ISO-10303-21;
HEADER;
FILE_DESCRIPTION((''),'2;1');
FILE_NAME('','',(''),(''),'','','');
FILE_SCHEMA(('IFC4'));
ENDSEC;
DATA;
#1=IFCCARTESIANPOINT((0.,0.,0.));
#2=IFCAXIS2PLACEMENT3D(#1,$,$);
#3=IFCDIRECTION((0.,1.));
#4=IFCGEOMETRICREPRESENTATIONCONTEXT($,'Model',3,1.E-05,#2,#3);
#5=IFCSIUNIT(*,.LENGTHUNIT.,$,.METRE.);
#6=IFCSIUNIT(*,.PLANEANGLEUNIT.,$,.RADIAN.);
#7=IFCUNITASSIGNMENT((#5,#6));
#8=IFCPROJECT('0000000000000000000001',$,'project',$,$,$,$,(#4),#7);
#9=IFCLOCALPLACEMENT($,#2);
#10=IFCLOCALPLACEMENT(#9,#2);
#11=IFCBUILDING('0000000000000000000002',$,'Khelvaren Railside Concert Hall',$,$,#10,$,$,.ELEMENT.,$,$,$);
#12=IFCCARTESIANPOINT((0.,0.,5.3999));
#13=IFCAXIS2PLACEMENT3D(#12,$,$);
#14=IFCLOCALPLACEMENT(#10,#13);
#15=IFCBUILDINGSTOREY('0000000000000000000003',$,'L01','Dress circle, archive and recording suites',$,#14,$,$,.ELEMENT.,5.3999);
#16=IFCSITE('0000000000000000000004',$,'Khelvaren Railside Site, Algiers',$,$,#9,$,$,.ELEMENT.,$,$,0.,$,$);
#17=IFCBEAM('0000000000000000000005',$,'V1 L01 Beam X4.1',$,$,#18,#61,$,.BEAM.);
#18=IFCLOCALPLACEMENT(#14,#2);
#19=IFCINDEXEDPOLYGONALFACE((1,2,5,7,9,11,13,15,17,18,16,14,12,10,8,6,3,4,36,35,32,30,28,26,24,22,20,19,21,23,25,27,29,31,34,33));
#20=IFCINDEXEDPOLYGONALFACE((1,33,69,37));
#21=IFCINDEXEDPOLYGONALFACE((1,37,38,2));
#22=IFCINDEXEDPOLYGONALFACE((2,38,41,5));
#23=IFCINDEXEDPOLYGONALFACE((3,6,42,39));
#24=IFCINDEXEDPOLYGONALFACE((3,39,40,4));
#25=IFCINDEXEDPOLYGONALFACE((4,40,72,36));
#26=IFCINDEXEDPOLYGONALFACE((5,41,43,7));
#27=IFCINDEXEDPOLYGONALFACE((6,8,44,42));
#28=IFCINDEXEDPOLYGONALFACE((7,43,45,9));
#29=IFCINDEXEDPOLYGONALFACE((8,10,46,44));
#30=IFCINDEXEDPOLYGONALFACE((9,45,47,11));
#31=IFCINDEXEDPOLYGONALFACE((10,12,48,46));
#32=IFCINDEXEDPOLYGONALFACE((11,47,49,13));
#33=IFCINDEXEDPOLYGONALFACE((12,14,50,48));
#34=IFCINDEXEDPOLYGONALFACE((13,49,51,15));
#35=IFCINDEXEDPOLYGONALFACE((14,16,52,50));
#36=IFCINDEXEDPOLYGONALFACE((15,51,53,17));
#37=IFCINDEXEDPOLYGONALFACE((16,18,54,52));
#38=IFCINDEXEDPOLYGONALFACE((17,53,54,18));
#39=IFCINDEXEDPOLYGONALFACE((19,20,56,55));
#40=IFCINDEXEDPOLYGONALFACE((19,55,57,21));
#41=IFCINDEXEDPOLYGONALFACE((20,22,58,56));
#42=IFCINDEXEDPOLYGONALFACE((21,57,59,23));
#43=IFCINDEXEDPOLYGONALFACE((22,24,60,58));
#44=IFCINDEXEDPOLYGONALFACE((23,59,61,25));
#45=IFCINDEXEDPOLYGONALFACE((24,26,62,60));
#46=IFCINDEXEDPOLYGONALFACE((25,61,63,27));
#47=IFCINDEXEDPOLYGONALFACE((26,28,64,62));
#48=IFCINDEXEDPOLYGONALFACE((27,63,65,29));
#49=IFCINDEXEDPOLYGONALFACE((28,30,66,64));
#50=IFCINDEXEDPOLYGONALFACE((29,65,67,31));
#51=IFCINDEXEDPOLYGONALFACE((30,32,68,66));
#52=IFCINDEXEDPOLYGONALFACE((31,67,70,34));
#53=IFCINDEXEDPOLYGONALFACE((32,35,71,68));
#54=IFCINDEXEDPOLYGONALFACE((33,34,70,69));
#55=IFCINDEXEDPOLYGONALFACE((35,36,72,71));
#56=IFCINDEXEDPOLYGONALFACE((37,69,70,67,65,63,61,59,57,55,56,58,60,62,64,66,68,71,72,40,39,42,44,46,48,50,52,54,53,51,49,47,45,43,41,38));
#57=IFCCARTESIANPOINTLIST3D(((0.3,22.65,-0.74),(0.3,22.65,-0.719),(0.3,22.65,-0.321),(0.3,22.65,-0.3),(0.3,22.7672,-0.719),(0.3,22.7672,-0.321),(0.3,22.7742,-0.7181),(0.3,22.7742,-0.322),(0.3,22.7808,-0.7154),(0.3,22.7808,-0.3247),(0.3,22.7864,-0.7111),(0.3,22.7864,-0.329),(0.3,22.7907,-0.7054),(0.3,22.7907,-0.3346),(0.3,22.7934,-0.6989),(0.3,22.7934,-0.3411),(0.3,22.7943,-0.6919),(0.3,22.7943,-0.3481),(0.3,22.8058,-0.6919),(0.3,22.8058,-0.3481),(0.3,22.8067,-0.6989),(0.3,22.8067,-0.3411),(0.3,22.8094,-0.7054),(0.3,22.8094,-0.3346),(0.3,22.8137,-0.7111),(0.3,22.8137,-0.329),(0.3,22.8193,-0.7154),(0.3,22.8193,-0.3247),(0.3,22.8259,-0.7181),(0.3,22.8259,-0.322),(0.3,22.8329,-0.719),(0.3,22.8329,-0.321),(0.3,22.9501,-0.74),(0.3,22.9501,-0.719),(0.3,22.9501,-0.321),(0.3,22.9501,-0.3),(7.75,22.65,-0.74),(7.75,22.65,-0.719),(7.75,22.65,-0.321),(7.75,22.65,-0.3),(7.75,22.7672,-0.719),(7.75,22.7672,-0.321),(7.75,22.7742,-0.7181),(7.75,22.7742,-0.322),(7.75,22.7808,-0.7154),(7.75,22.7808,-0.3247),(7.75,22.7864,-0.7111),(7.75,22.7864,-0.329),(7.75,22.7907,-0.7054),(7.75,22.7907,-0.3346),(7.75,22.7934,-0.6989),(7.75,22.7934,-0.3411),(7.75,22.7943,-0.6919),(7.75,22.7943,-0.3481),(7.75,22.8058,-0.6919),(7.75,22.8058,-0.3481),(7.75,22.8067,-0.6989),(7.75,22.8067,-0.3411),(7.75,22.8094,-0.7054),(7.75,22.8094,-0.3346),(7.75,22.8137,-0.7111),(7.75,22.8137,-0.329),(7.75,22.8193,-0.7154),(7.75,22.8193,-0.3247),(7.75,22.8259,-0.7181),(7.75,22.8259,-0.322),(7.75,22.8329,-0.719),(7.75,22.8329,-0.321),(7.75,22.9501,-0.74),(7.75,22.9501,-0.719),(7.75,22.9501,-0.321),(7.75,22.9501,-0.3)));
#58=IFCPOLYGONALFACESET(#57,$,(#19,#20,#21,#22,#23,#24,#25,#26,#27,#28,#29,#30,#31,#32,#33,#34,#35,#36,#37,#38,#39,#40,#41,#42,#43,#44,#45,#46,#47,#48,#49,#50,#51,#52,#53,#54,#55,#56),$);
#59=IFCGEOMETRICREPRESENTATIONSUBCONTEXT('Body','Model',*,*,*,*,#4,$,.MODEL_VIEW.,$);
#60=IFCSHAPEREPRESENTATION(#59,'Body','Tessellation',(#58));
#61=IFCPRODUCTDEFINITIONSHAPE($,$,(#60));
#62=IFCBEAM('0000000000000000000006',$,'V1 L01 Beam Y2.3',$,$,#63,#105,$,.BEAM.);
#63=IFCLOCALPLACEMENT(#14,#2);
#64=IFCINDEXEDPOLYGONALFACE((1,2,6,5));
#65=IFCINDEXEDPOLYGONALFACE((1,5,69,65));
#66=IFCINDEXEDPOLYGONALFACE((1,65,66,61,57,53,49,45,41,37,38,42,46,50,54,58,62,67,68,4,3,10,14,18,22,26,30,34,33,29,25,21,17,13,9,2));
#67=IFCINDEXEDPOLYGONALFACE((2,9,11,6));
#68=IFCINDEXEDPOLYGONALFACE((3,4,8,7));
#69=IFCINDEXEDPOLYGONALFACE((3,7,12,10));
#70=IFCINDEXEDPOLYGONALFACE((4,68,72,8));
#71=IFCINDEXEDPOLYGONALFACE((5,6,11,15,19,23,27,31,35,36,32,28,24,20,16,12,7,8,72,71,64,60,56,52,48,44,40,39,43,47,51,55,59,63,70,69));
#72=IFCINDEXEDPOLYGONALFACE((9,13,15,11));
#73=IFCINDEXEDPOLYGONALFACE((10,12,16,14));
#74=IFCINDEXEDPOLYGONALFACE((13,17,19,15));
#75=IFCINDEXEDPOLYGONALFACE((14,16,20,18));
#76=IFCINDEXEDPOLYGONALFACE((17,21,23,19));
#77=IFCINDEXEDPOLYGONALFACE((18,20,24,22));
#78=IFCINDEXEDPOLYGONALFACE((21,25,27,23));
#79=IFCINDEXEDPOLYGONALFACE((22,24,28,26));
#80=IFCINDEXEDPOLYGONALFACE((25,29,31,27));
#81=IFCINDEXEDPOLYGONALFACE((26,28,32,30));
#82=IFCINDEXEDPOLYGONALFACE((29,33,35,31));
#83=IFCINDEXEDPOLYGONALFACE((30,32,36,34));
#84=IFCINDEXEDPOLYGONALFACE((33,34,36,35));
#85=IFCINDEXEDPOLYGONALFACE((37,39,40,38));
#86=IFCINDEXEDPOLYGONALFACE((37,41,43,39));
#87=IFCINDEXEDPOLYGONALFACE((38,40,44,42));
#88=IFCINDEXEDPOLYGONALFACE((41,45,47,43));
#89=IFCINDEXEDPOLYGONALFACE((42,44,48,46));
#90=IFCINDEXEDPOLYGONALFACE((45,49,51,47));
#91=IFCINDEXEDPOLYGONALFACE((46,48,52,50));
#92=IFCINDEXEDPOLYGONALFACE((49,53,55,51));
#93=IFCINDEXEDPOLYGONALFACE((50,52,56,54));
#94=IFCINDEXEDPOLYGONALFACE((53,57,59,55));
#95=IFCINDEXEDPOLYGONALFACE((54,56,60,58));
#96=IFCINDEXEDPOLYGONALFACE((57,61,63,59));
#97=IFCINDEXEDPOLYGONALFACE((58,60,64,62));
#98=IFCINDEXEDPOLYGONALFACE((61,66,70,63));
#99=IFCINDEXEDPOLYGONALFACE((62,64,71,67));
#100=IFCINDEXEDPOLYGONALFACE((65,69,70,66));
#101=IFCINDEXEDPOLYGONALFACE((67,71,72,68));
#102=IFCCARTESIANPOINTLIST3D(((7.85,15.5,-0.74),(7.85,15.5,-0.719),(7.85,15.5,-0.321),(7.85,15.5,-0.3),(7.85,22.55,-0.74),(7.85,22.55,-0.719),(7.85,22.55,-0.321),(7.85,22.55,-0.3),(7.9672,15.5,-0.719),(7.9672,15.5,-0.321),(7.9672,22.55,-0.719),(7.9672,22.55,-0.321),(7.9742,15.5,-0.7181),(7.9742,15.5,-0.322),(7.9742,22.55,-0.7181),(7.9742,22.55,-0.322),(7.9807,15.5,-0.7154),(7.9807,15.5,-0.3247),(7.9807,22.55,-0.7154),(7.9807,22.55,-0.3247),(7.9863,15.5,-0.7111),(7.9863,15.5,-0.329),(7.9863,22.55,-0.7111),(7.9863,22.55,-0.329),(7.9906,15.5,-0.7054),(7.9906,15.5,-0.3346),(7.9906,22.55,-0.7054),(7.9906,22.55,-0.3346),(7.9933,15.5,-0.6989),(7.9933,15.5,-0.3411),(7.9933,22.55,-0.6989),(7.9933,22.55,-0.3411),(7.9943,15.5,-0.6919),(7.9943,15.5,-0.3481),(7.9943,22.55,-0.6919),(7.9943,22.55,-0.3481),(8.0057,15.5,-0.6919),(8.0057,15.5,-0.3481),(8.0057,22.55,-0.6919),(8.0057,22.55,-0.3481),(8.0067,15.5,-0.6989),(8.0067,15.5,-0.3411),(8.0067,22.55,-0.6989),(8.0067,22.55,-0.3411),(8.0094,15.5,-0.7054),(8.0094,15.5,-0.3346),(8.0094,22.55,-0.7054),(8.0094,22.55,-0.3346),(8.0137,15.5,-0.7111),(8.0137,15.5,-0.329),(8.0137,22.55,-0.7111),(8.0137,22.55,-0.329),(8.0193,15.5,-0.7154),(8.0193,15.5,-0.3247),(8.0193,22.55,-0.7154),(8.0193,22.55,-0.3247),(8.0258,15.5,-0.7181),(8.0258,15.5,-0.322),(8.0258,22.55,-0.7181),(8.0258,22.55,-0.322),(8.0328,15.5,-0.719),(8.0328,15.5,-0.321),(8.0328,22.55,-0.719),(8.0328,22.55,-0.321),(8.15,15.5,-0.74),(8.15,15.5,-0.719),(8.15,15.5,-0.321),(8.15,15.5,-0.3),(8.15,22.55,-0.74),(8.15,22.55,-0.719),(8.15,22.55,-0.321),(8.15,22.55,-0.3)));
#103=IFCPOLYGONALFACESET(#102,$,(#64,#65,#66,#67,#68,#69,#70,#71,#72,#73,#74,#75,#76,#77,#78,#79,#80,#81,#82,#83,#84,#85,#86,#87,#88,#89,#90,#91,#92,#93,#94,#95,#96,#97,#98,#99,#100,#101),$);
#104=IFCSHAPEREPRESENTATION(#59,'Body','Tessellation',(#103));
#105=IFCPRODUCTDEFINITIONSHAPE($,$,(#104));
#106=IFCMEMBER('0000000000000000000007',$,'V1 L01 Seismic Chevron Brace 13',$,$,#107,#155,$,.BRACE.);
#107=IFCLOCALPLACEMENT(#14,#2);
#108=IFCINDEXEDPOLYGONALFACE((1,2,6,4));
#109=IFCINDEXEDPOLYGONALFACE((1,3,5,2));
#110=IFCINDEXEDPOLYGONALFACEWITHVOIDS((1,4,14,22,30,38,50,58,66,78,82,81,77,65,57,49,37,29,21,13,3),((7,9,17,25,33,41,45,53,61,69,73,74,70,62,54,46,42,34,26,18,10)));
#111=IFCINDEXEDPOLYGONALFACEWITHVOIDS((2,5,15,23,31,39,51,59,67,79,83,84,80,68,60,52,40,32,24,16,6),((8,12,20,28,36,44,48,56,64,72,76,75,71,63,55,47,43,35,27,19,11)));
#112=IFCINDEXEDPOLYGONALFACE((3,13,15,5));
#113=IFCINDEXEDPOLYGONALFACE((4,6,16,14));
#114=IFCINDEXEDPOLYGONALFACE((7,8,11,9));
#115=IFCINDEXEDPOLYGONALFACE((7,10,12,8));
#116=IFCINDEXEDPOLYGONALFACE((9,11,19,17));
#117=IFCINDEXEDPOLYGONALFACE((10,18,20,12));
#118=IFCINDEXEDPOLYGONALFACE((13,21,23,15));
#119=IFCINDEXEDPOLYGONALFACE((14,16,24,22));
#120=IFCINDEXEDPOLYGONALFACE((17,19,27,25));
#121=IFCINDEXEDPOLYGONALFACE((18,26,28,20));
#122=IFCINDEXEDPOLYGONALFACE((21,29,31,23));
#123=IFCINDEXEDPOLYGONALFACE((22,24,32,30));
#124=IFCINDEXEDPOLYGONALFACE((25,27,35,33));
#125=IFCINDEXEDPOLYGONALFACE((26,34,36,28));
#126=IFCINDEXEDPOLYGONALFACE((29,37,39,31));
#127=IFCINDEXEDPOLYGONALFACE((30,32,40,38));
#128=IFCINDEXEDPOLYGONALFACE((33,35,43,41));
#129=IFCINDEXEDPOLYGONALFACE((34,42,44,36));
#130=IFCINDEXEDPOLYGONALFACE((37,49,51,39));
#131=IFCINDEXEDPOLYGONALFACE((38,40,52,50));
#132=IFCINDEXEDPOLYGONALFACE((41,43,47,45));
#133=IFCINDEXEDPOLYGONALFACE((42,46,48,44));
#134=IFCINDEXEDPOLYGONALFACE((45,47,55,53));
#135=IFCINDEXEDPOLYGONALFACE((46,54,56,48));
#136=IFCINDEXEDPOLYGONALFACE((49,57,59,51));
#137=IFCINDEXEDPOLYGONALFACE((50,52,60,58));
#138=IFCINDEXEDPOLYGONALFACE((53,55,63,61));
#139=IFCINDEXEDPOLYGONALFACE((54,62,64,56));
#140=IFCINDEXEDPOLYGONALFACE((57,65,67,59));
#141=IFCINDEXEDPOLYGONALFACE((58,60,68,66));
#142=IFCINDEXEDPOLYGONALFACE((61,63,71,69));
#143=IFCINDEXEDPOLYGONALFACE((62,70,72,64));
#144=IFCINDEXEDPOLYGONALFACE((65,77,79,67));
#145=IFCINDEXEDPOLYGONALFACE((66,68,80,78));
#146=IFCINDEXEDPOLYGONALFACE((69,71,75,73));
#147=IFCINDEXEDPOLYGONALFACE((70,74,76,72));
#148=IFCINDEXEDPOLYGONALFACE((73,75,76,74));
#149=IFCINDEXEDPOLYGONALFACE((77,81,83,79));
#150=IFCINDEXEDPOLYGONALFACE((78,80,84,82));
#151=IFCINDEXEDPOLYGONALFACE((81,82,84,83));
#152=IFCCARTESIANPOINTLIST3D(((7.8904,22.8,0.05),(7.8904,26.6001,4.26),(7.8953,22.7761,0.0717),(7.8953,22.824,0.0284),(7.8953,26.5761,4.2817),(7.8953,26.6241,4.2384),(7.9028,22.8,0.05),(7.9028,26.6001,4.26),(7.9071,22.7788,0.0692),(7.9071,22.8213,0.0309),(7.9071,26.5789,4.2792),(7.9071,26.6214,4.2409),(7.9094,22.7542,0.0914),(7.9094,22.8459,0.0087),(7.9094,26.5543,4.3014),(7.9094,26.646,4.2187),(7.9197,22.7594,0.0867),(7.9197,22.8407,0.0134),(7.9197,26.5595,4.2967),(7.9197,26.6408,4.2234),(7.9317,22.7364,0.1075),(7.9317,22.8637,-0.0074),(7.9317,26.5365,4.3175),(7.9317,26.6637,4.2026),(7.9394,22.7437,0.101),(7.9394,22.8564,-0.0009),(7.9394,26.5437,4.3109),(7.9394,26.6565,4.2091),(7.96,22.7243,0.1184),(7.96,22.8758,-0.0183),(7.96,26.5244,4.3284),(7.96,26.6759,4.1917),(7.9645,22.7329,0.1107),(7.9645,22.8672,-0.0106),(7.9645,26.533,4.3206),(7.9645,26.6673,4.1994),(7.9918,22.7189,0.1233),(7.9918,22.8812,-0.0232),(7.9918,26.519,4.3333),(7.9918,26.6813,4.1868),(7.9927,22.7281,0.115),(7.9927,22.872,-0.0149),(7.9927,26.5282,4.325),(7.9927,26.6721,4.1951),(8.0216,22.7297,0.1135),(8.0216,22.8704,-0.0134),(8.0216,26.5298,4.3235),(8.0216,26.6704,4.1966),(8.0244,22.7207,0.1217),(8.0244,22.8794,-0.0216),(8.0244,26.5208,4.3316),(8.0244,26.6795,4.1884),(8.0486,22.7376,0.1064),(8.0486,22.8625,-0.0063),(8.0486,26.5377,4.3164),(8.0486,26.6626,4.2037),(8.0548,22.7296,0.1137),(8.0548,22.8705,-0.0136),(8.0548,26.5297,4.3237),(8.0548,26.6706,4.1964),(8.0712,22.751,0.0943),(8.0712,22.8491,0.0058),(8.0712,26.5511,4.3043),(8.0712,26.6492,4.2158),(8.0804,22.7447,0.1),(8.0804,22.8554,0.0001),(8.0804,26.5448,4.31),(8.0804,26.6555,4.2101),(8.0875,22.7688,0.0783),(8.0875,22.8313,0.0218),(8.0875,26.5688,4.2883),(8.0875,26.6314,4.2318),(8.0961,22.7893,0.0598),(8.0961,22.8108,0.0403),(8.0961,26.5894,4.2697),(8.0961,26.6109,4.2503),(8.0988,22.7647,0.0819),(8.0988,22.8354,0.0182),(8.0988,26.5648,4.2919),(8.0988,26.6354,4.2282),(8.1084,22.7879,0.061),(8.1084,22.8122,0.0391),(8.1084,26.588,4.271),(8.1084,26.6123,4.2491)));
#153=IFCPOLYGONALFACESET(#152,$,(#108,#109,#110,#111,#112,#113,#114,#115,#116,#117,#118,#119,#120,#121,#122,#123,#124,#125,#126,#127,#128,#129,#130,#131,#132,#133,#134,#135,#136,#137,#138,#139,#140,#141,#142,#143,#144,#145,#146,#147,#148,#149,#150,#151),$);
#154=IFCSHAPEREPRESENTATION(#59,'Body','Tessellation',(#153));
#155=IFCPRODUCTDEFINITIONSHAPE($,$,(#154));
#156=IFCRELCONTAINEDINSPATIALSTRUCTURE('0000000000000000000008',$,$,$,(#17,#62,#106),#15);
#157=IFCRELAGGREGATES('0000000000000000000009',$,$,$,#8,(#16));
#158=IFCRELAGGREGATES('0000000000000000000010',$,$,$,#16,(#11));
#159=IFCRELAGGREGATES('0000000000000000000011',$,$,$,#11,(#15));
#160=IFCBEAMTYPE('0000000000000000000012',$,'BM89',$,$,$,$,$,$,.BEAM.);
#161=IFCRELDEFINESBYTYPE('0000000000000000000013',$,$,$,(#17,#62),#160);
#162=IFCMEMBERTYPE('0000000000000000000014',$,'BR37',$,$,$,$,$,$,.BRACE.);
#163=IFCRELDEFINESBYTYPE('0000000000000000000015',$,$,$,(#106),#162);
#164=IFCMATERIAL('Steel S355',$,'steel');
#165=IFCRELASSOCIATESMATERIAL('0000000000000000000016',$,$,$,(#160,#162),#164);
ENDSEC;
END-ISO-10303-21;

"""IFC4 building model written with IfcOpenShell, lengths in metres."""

from ifc_helpers import new_model, si_unit, direction, frame, origin, origin_2d, place, context, subcontext, project, spatial, hollow_circle, i_section, extrude, material, material_profile, profile_set, type_object, element, save


model = new_model("IFC4")

# Units and contexts
model_context = context("Model", 3, precision=1e-05, world=origin(), true_north=direction((0.0, 1.0)))
body_context = subcontext(model_context, "Body", "Model", "MODEL_VIEW")
ifc_project = project(units=[si_unit("LENGTHUNIT", "METRE"), si_unit("PLANEANGLEUNIT", "RADIAN")], contexts=[model_context])

# Site, building, storey
site_placement = place(None, origin())
site = spatial("IfcSite", under=ifc_project, at=site_placement, Name="Khelvaren Railside Site, Algiers", CompositionType="ELEMENT", RefElevation=0.0)
building_placement = place(site_placement, origin())
building = spatial("IfcBuilding", under=site, at=building_placement, Name="Khelvaren Railside Concert Hall", CompositionType="ELEMENT")
storey_placement = place(building_placement, frame((0.0, 0.0, 5.3999)))
storey = spatial("IfcBuildingStorey", under=building, at=storey_placement, Name="L01", Description="Dress circle, archive and recording suites", CompositionType="ELEMENT", Elevation=5.3999)

# Beams
ifc_material_1 = material(Name="Steel S355", Category="steel")
ifc_material_profile_1 = material_profile(ifc_material_1, i_section(OverallWidth=0.3, OverallDepth=0.4399, WebThickness=0.0115, FlangeThickness=0.021, FilletRadius=0.0271, at=origin_2d()), Name="HEA 450")
ifc_profile_set_1 = profile_set([ifc_material_profile_1], Name="Steel S355")
beam_type_1 = type_object("IfcBeamType", Name="BM89", PredefinedType="BEAM", material=ifc_profile_set_1)
beam_1_placement = place(storey_placement, frame((0.3, 22.8, -0.52), z_axis=(1.0, 0.0, 0.0), x_axis=(0.0, 1.0, 0.0)))
element("IfcBeam", 1, at=beam_1_placement, inside=storey, type_object=beam_type_1, Name="V1 L01 Beam X4.1", PredefinedType="BEAM", context=body_context, shape_type="SweptSolid", body=[
    extrude(i_section(OverallWidth=0.3, OverallDepth=0.4399, WebThickness=0.0115, FlangeThickness=0.021, FilletRadius=0.0271, at=origin_2d()), origin(), (0.0, 0.0, 1.0), 7.45),
])
beam_2_placement = place(storey_placement, frame((8.0, 15.5, -0.52), z_axis=(0.0, 1.0, 0.0), x_axis=(-1.0, 0.0, 0.0)))
element("IfcBeam", 2, at=beam_2_placement, inside=storey, type_object=beam_type_1, Name="V1 L01 Beam Y2.3", PredefinedType="BEAM", context=body_context, shape_type="SweptSolid", body=[
    extrude(i_section(OverallWidth=0.3, OverallDepth=0.4399, WebThickness=0.0115, FlangeThickness=0.021, FilletRadius=0.0271, at=origin_2d()), origin(), (0.0, 0.0, 1.0), 7.05),
])

# Member
ifc_material_profile_2 = material_profile(ifc_material_1, hollow_circle(Radius=0.1096, WallThickness=0.0125, at=origin_2d()), Name="CHS 219.1x12.5")
ifc_profile_set_2 = profile_set([ifc_material_profile_2], Name="Steel S355")
member_type_1 = type_object("IfcMemberType", Name="BR37", PredefinedType="BRACE", material=ifc_profile_set_2)
member_placement = place(storey_placement, frame((8.0, 22.8, 0.05), z_axis=(0.0, 0.670044, 0.742322), x_axis=(-1.0, 0.0, 0.0)))
element("IfcMember", 3, at=member_placement, inside=storey, type_object=member_type_1, Name="V1 L01 Seismic Chevron Brace 13", PredefinedType="BRACE", context=body_context, shape_type="SweptSolid", body=[
    extrude(hollow_circle(Radius=0.1096, WallThickness=0.0125, at=origin_2d()), origin(), (0.0, 0.0, 1.0), 5.6714),
])

save(model, "model.ifc")
